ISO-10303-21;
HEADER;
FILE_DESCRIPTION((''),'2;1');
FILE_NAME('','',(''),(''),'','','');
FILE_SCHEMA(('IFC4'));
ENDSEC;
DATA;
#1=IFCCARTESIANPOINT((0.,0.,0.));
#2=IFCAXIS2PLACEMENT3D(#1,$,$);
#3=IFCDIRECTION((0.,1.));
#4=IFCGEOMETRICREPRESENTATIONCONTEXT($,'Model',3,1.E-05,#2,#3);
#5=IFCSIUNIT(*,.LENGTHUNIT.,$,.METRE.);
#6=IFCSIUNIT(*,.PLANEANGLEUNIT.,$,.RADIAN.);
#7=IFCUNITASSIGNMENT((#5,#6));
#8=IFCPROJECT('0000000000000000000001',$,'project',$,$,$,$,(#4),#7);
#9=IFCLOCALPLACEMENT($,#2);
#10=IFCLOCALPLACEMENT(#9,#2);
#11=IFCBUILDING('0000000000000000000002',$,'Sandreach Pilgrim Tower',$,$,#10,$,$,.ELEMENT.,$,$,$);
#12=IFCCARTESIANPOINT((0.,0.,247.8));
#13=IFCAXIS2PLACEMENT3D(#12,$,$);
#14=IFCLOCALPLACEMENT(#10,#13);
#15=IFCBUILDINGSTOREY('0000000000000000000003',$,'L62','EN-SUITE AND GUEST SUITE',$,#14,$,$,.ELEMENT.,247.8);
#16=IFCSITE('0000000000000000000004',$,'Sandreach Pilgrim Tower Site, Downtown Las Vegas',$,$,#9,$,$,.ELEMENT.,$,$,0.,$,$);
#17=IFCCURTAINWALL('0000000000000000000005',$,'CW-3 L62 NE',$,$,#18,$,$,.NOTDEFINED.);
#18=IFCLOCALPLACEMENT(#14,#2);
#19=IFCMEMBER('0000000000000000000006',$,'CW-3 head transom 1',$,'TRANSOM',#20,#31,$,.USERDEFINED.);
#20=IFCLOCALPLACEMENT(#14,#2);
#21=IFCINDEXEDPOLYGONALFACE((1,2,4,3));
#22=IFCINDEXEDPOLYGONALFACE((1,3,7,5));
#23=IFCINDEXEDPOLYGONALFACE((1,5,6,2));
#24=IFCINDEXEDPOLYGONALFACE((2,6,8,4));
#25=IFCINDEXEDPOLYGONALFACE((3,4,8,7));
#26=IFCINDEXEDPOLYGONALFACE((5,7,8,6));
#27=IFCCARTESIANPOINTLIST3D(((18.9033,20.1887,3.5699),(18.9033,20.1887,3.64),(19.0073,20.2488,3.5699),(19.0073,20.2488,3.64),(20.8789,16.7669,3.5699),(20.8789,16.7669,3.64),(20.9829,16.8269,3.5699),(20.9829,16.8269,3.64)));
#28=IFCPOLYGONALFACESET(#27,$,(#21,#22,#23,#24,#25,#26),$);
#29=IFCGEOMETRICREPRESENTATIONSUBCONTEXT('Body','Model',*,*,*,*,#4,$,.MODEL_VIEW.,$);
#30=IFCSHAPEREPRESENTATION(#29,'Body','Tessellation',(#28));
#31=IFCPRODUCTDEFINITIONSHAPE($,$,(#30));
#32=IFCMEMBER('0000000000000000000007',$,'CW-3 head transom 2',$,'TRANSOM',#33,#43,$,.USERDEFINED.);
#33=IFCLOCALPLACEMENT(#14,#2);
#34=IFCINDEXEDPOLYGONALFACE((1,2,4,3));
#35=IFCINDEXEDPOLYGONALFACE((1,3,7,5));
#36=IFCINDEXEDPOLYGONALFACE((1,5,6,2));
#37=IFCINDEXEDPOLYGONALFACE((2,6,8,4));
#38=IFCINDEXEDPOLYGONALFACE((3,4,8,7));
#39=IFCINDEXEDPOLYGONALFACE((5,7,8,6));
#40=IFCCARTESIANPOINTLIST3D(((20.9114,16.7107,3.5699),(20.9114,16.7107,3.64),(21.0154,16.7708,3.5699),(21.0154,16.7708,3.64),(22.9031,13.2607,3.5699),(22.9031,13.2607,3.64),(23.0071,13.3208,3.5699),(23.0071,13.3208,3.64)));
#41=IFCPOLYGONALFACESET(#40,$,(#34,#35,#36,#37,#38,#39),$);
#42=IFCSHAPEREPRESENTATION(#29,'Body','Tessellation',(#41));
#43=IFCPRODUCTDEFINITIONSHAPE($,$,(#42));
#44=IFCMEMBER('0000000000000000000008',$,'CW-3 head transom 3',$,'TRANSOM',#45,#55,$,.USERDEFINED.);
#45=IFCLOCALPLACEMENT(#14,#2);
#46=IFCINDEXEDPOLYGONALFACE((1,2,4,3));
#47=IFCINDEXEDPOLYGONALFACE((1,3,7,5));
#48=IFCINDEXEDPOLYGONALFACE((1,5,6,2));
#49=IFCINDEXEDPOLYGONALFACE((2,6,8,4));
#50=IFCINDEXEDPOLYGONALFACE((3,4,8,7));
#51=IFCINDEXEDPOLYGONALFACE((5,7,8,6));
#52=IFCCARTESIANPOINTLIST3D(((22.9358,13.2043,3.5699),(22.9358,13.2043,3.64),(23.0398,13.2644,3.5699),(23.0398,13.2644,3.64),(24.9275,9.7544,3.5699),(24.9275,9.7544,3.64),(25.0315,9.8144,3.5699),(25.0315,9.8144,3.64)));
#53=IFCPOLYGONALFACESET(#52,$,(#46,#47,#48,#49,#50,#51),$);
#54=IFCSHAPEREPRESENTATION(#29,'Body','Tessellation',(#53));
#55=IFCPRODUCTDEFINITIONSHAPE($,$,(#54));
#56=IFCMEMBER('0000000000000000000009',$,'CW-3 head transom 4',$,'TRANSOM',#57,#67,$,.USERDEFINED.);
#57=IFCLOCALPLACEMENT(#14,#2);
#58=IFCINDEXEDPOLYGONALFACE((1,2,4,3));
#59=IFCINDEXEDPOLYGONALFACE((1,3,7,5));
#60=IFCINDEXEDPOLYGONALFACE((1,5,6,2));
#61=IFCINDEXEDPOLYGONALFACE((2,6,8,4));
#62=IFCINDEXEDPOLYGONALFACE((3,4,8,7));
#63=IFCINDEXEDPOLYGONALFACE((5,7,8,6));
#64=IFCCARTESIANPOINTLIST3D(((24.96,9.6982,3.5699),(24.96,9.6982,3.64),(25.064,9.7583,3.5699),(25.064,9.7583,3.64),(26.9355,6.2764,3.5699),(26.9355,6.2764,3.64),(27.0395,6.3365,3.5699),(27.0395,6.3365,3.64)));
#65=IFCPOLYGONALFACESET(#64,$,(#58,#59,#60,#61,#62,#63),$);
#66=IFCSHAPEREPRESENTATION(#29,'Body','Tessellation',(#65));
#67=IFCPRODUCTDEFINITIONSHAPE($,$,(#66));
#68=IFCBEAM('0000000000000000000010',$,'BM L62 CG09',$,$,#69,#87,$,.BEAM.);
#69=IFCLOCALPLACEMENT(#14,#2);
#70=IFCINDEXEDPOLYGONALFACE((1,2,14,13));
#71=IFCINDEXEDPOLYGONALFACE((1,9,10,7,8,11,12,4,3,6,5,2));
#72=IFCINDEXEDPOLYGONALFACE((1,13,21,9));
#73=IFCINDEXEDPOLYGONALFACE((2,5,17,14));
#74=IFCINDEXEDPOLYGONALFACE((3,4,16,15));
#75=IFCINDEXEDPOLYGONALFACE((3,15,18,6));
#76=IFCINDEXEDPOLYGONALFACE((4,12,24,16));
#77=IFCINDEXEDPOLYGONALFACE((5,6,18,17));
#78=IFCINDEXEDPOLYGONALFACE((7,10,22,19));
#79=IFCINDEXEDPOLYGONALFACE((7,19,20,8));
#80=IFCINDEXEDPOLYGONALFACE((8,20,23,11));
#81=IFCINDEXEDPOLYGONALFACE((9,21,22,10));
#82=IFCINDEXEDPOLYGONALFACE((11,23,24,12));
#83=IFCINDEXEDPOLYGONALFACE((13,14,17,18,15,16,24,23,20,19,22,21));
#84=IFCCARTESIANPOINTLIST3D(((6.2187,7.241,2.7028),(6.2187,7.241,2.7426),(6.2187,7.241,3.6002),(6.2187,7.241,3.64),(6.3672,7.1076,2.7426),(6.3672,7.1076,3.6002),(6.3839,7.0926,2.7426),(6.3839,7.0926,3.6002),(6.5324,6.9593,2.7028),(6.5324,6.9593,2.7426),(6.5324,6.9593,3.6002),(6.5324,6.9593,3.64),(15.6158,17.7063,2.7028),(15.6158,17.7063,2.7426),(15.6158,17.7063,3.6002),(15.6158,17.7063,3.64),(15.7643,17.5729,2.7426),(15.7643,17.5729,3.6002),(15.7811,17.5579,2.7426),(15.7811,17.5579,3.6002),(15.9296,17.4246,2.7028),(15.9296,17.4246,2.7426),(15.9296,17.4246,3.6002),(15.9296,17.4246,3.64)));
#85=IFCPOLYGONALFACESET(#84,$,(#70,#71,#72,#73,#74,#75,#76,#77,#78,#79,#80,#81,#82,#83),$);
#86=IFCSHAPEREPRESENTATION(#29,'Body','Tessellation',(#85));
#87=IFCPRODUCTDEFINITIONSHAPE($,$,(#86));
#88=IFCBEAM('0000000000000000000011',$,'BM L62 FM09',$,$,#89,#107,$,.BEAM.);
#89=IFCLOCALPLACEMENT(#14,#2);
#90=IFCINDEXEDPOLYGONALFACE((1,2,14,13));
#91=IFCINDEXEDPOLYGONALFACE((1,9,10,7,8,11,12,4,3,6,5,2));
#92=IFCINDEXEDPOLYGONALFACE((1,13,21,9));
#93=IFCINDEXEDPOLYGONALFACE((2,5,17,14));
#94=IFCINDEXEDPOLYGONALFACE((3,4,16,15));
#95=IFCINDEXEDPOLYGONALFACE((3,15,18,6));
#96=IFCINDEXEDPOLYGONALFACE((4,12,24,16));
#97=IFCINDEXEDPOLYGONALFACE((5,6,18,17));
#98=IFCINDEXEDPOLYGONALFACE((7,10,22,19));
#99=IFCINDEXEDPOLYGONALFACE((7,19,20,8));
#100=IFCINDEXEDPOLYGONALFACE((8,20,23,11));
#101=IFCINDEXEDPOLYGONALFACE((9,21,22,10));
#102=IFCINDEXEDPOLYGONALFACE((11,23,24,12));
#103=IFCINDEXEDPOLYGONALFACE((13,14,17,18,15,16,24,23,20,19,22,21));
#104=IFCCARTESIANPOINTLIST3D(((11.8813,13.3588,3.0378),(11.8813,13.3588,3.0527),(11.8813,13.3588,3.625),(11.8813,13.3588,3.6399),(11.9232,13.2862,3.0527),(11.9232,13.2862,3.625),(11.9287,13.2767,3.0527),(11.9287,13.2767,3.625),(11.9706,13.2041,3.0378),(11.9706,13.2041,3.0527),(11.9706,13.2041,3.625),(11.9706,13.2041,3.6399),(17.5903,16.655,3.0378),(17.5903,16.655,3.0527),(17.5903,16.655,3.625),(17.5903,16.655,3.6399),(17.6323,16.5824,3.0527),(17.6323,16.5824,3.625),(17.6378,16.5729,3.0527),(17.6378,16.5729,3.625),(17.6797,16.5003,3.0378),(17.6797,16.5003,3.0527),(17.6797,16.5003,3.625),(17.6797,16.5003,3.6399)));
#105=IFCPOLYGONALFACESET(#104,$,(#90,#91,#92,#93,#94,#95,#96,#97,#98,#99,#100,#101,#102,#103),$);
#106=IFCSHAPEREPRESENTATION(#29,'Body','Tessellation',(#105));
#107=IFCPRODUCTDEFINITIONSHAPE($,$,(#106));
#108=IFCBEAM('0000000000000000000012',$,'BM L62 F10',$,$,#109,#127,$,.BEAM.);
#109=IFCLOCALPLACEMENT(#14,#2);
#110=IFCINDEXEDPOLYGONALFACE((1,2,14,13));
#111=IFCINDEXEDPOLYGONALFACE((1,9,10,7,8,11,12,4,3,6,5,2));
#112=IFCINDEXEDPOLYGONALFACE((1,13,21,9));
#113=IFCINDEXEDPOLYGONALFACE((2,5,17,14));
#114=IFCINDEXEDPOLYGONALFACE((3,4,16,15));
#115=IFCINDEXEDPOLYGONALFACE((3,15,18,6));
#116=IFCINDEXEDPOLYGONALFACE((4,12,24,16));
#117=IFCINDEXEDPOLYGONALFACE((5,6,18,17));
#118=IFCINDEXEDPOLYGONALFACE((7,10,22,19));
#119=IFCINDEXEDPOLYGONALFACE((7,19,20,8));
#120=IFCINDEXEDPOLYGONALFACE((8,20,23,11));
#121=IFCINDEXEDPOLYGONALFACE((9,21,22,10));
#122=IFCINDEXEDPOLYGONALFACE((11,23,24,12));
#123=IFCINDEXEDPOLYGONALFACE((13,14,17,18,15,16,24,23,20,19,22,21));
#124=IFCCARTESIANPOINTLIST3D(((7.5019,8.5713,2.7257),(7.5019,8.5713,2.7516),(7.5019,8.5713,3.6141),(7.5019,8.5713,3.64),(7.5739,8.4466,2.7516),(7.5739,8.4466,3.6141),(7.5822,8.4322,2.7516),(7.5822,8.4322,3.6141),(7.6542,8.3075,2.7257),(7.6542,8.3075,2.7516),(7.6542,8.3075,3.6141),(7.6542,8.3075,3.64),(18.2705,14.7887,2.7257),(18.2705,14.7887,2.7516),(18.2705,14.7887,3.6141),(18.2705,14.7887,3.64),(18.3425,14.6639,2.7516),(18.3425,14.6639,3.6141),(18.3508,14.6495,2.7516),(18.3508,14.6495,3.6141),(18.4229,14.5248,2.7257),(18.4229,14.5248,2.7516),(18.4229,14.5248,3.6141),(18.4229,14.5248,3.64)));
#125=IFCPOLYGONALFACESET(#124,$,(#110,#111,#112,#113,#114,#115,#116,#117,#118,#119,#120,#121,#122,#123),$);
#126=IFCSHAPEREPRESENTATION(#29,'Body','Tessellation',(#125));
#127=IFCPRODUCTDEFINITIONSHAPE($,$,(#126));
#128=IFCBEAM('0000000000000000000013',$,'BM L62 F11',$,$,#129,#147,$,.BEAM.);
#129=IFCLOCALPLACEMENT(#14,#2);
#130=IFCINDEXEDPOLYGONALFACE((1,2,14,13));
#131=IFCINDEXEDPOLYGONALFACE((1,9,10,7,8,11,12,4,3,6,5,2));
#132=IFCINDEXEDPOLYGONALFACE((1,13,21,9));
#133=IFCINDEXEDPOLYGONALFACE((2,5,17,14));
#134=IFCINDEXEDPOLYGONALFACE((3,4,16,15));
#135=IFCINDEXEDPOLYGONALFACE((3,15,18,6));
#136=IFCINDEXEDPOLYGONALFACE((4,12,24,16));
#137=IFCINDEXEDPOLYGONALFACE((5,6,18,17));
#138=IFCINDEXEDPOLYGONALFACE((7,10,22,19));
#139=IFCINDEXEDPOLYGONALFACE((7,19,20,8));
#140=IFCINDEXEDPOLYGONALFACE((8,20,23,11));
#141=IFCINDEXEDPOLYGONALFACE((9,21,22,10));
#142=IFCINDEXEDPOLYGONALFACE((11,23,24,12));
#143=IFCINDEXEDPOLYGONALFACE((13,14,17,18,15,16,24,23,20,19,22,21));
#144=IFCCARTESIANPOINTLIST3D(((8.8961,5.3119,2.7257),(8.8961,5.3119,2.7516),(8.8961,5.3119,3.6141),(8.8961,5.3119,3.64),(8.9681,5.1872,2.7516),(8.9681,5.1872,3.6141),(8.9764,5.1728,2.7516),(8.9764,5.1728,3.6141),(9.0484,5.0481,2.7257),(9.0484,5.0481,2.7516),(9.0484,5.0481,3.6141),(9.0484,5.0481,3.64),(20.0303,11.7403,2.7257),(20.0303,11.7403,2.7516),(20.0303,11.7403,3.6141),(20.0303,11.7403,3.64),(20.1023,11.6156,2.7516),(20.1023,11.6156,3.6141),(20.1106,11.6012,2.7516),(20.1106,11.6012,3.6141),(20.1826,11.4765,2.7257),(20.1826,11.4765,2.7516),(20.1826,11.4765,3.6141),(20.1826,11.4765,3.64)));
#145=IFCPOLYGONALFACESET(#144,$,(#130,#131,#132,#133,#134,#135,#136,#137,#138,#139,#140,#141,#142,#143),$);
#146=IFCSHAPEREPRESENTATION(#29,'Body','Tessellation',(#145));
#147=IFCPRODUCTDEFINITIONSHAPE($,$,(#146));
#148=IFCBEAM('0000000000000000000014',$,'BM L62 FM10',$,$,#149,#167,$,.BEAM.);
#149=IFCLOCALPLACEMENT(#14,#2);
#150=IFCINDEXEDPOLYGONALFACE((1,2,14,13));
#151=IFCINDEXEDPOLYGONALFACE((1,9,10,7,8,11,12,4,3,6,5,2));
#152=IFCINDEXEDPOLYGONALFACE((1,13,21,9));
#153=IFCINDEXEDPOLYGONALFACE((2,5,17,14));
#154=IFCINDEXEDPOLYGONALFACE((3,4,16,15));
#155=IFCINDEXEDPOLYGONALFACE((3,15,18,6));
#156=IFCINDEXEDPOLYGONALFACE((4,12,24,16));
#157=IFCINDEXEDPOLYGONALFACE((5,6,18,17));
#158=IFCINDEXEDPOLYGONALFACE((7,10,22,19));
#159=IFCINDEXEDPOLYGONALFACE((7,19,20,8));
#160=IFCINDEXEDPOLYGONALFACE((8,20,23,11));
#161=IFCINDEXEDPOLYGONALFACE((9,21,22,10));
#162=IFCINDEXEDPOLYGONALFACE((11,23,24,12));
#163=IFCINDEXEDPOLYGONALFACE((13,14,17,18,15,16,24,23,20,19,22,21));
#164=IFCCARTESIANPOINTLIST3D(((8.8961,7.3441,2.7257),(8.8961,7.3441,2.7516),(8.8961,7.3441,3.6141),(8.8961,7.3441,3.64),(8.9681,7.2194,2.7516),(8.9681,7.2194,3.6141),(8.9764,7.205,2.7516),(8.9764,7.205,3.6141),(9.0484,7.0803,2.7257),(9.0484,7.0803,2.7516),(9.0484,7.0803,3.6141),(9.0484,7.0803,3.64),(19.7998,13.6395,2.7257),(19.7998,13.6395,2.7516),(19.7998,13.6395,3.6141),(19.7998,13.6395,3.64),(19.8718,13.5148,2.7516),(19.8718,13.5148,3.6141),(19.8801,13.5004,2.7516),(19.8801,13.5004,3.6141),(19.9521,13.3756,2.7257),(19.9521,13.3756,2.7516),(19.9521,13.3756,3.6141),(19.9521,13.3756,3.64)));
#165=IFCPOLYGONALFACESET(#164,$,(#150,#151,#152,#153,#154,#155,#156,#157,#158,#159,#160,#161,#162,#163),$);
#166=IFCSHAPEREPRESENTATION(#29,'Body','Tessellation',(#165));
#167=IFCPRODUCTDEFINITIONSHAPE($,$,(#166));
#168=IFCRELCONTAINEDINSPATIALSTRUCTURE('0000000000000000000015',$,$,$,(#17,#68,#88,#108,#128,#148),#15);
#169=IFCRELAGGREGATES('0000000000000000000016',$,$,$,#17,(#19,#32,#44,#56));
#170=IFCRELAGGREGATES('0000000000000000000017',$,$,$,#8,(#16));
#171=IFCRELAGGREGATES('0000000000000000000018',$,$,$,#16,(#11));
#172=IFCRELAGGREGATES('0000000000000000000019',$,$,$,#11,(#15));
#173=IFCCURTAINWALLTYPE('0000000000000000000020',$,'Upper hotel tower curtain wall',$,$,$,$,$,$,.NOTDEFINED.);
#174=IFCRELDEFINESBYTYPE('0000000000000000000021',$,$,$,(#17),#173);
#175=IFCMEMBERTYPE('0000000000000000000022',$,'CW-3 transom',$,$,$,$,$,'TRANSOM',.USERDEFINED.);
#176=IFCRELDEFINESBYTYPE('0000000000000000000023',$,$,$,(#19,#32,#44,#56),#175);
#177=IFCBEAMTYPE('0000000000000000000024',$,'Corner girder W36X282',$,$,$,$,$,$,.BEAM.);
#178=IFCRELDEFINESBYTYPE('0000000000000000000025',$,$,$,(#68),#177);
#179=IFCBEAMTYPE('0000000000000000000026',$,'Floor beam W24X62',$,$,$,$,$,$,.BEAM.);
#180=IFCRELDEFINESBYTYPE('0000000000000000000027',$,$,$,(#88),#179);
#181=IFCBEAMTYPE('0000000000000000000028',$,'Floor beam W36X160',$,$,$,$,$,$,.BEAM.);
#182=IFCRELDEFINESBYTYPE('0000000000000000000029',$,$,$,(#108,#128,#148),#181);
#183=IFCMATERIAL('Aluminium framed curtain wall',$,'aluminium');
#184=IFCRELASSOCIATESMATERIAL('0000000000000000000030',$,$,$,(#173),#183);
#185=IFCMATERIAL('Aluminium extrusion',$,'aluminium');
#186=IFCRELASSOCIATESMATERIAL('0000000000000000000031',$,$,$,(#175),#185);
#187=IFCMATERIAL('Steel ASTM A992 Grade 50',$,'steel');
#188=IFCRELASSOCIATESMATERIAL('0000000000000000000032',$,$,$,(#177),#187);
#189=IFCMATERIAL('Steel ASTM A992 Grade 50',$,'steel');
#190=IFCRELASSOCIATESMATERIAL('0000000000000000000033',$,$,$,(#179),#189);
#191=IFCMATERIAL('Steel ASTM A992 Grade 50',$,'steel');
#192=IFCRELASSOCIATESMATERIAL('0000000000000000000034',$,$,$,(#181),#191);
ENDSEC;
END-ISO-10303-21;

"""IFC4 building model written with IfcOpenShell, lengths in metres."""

from ifc_helpers import new_model, si_unit, direction, frame, origin, origin_2d, place, context, subcontext, project, spatial, rectangle, i_section, extrude, material, material_profile, profile_set, type_object, element, aggregate, save


model = new_model("IFC4")

# Units and contexts
model_context = context("Model", 3, precision=1e-05, world=origin(), true_north=direction((0.0, 1.0)))
body_context = subcontext(model_context, "Body", "Model", "MODEL_VIEW")
ifc_project = project(units=[si_unit("LENGTHUNIT", "METRE"), si_unit("PLANEANGLEUNIT", "RADIAN")], contexts=[model_context])

# Site, building, storey
site_placement = place(None, origin())
site = spatial("IfcSite", under=ifc_project, at=site_placement, Name="Sandreach Pilgrim Tower Site, Downtown Las Vegas", CompositionType="ELEMENT", RefElevation=0.0)
building_placement = place(site_placement, origin())
building = spatial("IfcBuilding", under=site, at=building_placement, Name="Sandreach Pilgrim Tower", CompositionType="ELEMENT")
storey_placement = place(building_placement, frame((0.0, 0.0, 247.8)))
storey = spatial("IfcBuildingStorey", under=building, at=storey_placement, Name="L62", Description="EN-SUITE AND GUEST SUITE", CompositionType="ELEMENT", Elevation=247.8)

# Shared definitions
ifc_material_1 = material(Name="Aluminium framed curtain wall", Category="aluminium")
curtain_wall_type = type_object("IfcCurtainWallType", Name="Upper hotel tower curtain wall", PredefinedType="NOTDEFINED", material=ifc_material_1)

# Curtain wall, members
curtain_wall_1_placement = place(storey_placement, origin())
curtain_wall_1 = element("IfcCurtainWall", 1, at=curtain_wall_1_placement, inside=storey, type_object=curtain_wall_type, Name="CW-3 L62 NE", PredefinedType="NOTDEFINED")
ifc_material_2 = material(Name="Aluminium extrusion", Category="aluminium")
ifc_material_profile_1 = material_profile(ifc_material_2, rectangle(XDim=0.1201, YDim=0.0701, at=origin_2d()), Name="CW-3T 120X70")
ifc_profile_set_1 = profile_set([ifc_material_profile_1], Name="Aluminium extrusion")
member_type_1 = type_object("IfcMemberType", Name="CW-3 transom", ElementType="TRANSOM", PredefinedType="USERDEFINED", material=ifc_profile_set_1)
member_1_placement = place(storey_placement, frame((18.9553, 20.2188, 3.605), z_axis=(0.499993, -0.866029, 0.0), x_axis=(0.866029, 0.499993, 0.0)))
member_1 = element("IfcMember", 2, at=member_1_placement, type_object=member_type_1, Name="CW-3 head transom 1", ObjectType="TRANSOM", PredefinedType="USERDEFINED", context=body_context, shape_type="SweptSolid", body=[
    extrude(rectangle(XDim=0.1201, YDim=0.0701, at=origin_2d()), origin(), (0.0, 0.0, 1.0), 3.9512),
])
member_2_placement = place(storey_placement, frame((20.9634, 16.7407, 3.605), z_axis=(0.499975, -0.86604, 0.0), x_axis=(0.86604, 0.499975, 0.0)))
member_2 = element("IfcMember", 3, at=member_2_placement, type_object=member_type_1, Name="CW-3 head transom 2", ObjectType="TRANSOM", PredefinedType="USERDEFINED", context=body_context, shape_type="SweptSolid", body=[
    extrude(rectangle(XDim=0.1201, YDim=0.0701, at=origin_2d()), origin(), (0.0, 0.0, 1.0), 3.9836),
])
member_3_placement = place(storey_placement, frame((22.9878, 13.2344, 3.605), z_axis=(0.499975, -0.86604, 0.0), x_axis=(0.86604, 0.499975, 0.0)))
member_3 = element("IfcMember", 4, at=member_3_placement, type_object=member_type_1, Name="CW-3 head transom 3", ObjectType="TRANSOM", PredefinedType="USERDEFINED", context=body_context, shape_type="SweptSolid", body=[
    extrude(rectangle(XDim=0.1201, YDim=0.0701, at=origin_2d()), origin(), (0.0, 0.0, 1.0), 3.9836),
])
member_4_placement = place(storey_placement, frame((25.012, 9.7283, 3.605), z_axis=(0.499993, -0.866029, 0.0), x_axis=(0.866029, 0.499993, 0.0)))
member_4 = element("IfcMember", 5, at=member_4_placement, type_object=member_type_1, Name="CW-3 head transom 4", ObjectType="TRANSOM", PredefinedType="USERDEFINED", context=body_context, shape_type="SweptSolid", body=[
    extrude(rectangle(XDim=0.1201, YDim=0.0701, at=origin_2d()), origin(), (0.0, 0.0, 1.0), 3.9512),
])

# Beams
ifc_material_3 = material(Name="Steel ASTM A992 Grade 50", Category="steel")
ifc_material_profile_2 = material_profile(ifc_material_3, i_section(OverallWidth=0.4216, OverallDepth=0.9373, WebThickness=0.0225, FlangeThickness=0.0398, at=origin_2d()), Name="W36X282")
ifc_profile_set_2 = profile_set([ifc_material_profile_2], Name="Steel ASTM A992 Grade 50")
beam_type_1 = type_object("IfcBeamType", Name="Corner girder W36X282", PredefinedType="BEAM", material=ifc_profile_set_2)
beam_1_placement = place(storey_placement, frame((15.7727, 17.5654, 3.1714), z_axis=(-0.668117, -0.744057, 0.0), x_axis=(0.744057, -0.668117, 0.0)))
element("IfcBeam", 6, at=beam_1_placement, inside=storey, type_object=beam_type_1, Name="BM L62 CG09", PredefinedType="BEAM", context=body_context, shape_type="SweptSolid", body=[
    extrude(i_section(OverallWidth=0.4216, OverallDepth=0.9373, WebThickness=0.0225, FlangeThickness=0.0398, at=origin_2d()), origin(), (0.0, 0.0, 1.0), 14.0652),
])
ifc_material_4 = material(Name="Steel ASTM A992 Grade 50", Category="steel")
ifc_material_profile_3 = material_profile(ifc_material_4, i_section(OverallWidth=0.1787, OverallDepth=0.6021, WebThickness=0.011, FlangeThickness=0.0149, at=origin_2d()), Name="W24X62")
ifc_profile_set_3 = profile_set([ifc_material_profile_3], Name="Steel ASTM A992 Grade 50")
beam_type_2 = type_object("IfcBeamType", Name="Floor beam W24X62", PredefinedType="BEAM", material=ifc_profile_set_3)
beam_2_placement = place(storey_placement, frame((17.635, 16.5776, 3.3389), z_axis=(-0.866022, -0.500007, 0.0), x_axis=(0.500007, -0.866022, 0.0)))
element("IfcBeam", 7, at=beam_2_placement, inside=storey, type_object=beam_type_2, Name="BM L62 FM09", PredefinedType="BEAM", context=body_context, shape_type="SweptSolid", body=[
    extrude(i_section(OverallWidth=0.1787, OverallDepth=0.6021, WebThickness=0.011, FlangeThickness=0.0149, at=origin_2d()), origin(), (0.0, 0.0, 1.0), 6.5923),
])
ifc_material_5 = material(Name="Steel ASTM A992 Grade 50", Category="steel")
ifc_material_profile_4 = material_profile(ifc_material_5, i_section(OverallWidth=0.3047, OverallDepth=0.9143, WebThickness=0.0166, FlangeThickness=0.0259, at=origin_2d()), Name="W36X160")
ifc_profile_set_4 = profile_set([ifc_material_profile_4], Name="Steel ASTM A992 Grade 50")
beam_type_3 = type_object("IfcBeamType", Name="Floor beam W36X160", PredefinedType="BEAM", material=ifc_profile_set_4)
beam_3_placement = place(storey_placement, frame((18.3467, 14.6567, 3.1829), z_axis=(-0.866023, -0.500003, 0.0), x_axis=(0.500003, -0.866023, 0.0)))
element("IfcBeam", 8, at=beam_3_placement, inside=storey, type_object=beam_type_3, Name="BM L62 F10", PredefinedType="BEAM", context=body_context, shape_type="SweptSolid", body=[
    extrude(i_section(OverallWidth=0.3047, OverallDepth=0.9143, WebThickness=0.0166, FlangeThickness=0.0259, at=origin_2d()), origin(), (0.0, 0.0, 1.0), 12.4346),
])
beam_4_placement = place(storey_placement, frame((20.1064, 11.6084, 3.1829), z_axis=(-0.866022, -0.500005, 0.0), x_axis=(0.500005, -0.866022, 0.0)))
element("IfcBeam", 9, at=beam_4_placement, inside=storey, type_object=beam_type_3, Name="BM L62 F11", PredefinedType="BEAM", context=body_context, shape_type="SweptSolid", body=[
    extrude(i_section(OverallWidth=0.3047, OverallDepth=0.9143, WebThickness=0.0166, FlangeThickness=0.0259, at=origin_2d()), origin(), (0.0, 0.0, 1.0), 12.8567),
])
beam_5_placement = place(storey_placement, frame((19.876, 13.5076, 3.1829), z_axis=(-0.866022, -0.500006, 0.0), x_axis=(0.500006, -0.866022, 0.0)))
element("IfcBeam", 10, at=beam_5_placement, inside=storey, type_object=beam_type_3, Name="BM L62 FM10", PredefinedType="BEAM", context=body_context, shape_type="SweptSolid", body=[
    extrude(i_section(OverallWidth=0.3047, OverallDepth=0.9143, WebThickness=0.0166, FlangeThickness=0.0259, at=origin_2d()), origin(), (0.0, 0.0, 1.0), 12.5906),
])

aggregate(curtain_wall_1, [member_1, member_2, member_3, member_4])

save(model, "model.ifc")
